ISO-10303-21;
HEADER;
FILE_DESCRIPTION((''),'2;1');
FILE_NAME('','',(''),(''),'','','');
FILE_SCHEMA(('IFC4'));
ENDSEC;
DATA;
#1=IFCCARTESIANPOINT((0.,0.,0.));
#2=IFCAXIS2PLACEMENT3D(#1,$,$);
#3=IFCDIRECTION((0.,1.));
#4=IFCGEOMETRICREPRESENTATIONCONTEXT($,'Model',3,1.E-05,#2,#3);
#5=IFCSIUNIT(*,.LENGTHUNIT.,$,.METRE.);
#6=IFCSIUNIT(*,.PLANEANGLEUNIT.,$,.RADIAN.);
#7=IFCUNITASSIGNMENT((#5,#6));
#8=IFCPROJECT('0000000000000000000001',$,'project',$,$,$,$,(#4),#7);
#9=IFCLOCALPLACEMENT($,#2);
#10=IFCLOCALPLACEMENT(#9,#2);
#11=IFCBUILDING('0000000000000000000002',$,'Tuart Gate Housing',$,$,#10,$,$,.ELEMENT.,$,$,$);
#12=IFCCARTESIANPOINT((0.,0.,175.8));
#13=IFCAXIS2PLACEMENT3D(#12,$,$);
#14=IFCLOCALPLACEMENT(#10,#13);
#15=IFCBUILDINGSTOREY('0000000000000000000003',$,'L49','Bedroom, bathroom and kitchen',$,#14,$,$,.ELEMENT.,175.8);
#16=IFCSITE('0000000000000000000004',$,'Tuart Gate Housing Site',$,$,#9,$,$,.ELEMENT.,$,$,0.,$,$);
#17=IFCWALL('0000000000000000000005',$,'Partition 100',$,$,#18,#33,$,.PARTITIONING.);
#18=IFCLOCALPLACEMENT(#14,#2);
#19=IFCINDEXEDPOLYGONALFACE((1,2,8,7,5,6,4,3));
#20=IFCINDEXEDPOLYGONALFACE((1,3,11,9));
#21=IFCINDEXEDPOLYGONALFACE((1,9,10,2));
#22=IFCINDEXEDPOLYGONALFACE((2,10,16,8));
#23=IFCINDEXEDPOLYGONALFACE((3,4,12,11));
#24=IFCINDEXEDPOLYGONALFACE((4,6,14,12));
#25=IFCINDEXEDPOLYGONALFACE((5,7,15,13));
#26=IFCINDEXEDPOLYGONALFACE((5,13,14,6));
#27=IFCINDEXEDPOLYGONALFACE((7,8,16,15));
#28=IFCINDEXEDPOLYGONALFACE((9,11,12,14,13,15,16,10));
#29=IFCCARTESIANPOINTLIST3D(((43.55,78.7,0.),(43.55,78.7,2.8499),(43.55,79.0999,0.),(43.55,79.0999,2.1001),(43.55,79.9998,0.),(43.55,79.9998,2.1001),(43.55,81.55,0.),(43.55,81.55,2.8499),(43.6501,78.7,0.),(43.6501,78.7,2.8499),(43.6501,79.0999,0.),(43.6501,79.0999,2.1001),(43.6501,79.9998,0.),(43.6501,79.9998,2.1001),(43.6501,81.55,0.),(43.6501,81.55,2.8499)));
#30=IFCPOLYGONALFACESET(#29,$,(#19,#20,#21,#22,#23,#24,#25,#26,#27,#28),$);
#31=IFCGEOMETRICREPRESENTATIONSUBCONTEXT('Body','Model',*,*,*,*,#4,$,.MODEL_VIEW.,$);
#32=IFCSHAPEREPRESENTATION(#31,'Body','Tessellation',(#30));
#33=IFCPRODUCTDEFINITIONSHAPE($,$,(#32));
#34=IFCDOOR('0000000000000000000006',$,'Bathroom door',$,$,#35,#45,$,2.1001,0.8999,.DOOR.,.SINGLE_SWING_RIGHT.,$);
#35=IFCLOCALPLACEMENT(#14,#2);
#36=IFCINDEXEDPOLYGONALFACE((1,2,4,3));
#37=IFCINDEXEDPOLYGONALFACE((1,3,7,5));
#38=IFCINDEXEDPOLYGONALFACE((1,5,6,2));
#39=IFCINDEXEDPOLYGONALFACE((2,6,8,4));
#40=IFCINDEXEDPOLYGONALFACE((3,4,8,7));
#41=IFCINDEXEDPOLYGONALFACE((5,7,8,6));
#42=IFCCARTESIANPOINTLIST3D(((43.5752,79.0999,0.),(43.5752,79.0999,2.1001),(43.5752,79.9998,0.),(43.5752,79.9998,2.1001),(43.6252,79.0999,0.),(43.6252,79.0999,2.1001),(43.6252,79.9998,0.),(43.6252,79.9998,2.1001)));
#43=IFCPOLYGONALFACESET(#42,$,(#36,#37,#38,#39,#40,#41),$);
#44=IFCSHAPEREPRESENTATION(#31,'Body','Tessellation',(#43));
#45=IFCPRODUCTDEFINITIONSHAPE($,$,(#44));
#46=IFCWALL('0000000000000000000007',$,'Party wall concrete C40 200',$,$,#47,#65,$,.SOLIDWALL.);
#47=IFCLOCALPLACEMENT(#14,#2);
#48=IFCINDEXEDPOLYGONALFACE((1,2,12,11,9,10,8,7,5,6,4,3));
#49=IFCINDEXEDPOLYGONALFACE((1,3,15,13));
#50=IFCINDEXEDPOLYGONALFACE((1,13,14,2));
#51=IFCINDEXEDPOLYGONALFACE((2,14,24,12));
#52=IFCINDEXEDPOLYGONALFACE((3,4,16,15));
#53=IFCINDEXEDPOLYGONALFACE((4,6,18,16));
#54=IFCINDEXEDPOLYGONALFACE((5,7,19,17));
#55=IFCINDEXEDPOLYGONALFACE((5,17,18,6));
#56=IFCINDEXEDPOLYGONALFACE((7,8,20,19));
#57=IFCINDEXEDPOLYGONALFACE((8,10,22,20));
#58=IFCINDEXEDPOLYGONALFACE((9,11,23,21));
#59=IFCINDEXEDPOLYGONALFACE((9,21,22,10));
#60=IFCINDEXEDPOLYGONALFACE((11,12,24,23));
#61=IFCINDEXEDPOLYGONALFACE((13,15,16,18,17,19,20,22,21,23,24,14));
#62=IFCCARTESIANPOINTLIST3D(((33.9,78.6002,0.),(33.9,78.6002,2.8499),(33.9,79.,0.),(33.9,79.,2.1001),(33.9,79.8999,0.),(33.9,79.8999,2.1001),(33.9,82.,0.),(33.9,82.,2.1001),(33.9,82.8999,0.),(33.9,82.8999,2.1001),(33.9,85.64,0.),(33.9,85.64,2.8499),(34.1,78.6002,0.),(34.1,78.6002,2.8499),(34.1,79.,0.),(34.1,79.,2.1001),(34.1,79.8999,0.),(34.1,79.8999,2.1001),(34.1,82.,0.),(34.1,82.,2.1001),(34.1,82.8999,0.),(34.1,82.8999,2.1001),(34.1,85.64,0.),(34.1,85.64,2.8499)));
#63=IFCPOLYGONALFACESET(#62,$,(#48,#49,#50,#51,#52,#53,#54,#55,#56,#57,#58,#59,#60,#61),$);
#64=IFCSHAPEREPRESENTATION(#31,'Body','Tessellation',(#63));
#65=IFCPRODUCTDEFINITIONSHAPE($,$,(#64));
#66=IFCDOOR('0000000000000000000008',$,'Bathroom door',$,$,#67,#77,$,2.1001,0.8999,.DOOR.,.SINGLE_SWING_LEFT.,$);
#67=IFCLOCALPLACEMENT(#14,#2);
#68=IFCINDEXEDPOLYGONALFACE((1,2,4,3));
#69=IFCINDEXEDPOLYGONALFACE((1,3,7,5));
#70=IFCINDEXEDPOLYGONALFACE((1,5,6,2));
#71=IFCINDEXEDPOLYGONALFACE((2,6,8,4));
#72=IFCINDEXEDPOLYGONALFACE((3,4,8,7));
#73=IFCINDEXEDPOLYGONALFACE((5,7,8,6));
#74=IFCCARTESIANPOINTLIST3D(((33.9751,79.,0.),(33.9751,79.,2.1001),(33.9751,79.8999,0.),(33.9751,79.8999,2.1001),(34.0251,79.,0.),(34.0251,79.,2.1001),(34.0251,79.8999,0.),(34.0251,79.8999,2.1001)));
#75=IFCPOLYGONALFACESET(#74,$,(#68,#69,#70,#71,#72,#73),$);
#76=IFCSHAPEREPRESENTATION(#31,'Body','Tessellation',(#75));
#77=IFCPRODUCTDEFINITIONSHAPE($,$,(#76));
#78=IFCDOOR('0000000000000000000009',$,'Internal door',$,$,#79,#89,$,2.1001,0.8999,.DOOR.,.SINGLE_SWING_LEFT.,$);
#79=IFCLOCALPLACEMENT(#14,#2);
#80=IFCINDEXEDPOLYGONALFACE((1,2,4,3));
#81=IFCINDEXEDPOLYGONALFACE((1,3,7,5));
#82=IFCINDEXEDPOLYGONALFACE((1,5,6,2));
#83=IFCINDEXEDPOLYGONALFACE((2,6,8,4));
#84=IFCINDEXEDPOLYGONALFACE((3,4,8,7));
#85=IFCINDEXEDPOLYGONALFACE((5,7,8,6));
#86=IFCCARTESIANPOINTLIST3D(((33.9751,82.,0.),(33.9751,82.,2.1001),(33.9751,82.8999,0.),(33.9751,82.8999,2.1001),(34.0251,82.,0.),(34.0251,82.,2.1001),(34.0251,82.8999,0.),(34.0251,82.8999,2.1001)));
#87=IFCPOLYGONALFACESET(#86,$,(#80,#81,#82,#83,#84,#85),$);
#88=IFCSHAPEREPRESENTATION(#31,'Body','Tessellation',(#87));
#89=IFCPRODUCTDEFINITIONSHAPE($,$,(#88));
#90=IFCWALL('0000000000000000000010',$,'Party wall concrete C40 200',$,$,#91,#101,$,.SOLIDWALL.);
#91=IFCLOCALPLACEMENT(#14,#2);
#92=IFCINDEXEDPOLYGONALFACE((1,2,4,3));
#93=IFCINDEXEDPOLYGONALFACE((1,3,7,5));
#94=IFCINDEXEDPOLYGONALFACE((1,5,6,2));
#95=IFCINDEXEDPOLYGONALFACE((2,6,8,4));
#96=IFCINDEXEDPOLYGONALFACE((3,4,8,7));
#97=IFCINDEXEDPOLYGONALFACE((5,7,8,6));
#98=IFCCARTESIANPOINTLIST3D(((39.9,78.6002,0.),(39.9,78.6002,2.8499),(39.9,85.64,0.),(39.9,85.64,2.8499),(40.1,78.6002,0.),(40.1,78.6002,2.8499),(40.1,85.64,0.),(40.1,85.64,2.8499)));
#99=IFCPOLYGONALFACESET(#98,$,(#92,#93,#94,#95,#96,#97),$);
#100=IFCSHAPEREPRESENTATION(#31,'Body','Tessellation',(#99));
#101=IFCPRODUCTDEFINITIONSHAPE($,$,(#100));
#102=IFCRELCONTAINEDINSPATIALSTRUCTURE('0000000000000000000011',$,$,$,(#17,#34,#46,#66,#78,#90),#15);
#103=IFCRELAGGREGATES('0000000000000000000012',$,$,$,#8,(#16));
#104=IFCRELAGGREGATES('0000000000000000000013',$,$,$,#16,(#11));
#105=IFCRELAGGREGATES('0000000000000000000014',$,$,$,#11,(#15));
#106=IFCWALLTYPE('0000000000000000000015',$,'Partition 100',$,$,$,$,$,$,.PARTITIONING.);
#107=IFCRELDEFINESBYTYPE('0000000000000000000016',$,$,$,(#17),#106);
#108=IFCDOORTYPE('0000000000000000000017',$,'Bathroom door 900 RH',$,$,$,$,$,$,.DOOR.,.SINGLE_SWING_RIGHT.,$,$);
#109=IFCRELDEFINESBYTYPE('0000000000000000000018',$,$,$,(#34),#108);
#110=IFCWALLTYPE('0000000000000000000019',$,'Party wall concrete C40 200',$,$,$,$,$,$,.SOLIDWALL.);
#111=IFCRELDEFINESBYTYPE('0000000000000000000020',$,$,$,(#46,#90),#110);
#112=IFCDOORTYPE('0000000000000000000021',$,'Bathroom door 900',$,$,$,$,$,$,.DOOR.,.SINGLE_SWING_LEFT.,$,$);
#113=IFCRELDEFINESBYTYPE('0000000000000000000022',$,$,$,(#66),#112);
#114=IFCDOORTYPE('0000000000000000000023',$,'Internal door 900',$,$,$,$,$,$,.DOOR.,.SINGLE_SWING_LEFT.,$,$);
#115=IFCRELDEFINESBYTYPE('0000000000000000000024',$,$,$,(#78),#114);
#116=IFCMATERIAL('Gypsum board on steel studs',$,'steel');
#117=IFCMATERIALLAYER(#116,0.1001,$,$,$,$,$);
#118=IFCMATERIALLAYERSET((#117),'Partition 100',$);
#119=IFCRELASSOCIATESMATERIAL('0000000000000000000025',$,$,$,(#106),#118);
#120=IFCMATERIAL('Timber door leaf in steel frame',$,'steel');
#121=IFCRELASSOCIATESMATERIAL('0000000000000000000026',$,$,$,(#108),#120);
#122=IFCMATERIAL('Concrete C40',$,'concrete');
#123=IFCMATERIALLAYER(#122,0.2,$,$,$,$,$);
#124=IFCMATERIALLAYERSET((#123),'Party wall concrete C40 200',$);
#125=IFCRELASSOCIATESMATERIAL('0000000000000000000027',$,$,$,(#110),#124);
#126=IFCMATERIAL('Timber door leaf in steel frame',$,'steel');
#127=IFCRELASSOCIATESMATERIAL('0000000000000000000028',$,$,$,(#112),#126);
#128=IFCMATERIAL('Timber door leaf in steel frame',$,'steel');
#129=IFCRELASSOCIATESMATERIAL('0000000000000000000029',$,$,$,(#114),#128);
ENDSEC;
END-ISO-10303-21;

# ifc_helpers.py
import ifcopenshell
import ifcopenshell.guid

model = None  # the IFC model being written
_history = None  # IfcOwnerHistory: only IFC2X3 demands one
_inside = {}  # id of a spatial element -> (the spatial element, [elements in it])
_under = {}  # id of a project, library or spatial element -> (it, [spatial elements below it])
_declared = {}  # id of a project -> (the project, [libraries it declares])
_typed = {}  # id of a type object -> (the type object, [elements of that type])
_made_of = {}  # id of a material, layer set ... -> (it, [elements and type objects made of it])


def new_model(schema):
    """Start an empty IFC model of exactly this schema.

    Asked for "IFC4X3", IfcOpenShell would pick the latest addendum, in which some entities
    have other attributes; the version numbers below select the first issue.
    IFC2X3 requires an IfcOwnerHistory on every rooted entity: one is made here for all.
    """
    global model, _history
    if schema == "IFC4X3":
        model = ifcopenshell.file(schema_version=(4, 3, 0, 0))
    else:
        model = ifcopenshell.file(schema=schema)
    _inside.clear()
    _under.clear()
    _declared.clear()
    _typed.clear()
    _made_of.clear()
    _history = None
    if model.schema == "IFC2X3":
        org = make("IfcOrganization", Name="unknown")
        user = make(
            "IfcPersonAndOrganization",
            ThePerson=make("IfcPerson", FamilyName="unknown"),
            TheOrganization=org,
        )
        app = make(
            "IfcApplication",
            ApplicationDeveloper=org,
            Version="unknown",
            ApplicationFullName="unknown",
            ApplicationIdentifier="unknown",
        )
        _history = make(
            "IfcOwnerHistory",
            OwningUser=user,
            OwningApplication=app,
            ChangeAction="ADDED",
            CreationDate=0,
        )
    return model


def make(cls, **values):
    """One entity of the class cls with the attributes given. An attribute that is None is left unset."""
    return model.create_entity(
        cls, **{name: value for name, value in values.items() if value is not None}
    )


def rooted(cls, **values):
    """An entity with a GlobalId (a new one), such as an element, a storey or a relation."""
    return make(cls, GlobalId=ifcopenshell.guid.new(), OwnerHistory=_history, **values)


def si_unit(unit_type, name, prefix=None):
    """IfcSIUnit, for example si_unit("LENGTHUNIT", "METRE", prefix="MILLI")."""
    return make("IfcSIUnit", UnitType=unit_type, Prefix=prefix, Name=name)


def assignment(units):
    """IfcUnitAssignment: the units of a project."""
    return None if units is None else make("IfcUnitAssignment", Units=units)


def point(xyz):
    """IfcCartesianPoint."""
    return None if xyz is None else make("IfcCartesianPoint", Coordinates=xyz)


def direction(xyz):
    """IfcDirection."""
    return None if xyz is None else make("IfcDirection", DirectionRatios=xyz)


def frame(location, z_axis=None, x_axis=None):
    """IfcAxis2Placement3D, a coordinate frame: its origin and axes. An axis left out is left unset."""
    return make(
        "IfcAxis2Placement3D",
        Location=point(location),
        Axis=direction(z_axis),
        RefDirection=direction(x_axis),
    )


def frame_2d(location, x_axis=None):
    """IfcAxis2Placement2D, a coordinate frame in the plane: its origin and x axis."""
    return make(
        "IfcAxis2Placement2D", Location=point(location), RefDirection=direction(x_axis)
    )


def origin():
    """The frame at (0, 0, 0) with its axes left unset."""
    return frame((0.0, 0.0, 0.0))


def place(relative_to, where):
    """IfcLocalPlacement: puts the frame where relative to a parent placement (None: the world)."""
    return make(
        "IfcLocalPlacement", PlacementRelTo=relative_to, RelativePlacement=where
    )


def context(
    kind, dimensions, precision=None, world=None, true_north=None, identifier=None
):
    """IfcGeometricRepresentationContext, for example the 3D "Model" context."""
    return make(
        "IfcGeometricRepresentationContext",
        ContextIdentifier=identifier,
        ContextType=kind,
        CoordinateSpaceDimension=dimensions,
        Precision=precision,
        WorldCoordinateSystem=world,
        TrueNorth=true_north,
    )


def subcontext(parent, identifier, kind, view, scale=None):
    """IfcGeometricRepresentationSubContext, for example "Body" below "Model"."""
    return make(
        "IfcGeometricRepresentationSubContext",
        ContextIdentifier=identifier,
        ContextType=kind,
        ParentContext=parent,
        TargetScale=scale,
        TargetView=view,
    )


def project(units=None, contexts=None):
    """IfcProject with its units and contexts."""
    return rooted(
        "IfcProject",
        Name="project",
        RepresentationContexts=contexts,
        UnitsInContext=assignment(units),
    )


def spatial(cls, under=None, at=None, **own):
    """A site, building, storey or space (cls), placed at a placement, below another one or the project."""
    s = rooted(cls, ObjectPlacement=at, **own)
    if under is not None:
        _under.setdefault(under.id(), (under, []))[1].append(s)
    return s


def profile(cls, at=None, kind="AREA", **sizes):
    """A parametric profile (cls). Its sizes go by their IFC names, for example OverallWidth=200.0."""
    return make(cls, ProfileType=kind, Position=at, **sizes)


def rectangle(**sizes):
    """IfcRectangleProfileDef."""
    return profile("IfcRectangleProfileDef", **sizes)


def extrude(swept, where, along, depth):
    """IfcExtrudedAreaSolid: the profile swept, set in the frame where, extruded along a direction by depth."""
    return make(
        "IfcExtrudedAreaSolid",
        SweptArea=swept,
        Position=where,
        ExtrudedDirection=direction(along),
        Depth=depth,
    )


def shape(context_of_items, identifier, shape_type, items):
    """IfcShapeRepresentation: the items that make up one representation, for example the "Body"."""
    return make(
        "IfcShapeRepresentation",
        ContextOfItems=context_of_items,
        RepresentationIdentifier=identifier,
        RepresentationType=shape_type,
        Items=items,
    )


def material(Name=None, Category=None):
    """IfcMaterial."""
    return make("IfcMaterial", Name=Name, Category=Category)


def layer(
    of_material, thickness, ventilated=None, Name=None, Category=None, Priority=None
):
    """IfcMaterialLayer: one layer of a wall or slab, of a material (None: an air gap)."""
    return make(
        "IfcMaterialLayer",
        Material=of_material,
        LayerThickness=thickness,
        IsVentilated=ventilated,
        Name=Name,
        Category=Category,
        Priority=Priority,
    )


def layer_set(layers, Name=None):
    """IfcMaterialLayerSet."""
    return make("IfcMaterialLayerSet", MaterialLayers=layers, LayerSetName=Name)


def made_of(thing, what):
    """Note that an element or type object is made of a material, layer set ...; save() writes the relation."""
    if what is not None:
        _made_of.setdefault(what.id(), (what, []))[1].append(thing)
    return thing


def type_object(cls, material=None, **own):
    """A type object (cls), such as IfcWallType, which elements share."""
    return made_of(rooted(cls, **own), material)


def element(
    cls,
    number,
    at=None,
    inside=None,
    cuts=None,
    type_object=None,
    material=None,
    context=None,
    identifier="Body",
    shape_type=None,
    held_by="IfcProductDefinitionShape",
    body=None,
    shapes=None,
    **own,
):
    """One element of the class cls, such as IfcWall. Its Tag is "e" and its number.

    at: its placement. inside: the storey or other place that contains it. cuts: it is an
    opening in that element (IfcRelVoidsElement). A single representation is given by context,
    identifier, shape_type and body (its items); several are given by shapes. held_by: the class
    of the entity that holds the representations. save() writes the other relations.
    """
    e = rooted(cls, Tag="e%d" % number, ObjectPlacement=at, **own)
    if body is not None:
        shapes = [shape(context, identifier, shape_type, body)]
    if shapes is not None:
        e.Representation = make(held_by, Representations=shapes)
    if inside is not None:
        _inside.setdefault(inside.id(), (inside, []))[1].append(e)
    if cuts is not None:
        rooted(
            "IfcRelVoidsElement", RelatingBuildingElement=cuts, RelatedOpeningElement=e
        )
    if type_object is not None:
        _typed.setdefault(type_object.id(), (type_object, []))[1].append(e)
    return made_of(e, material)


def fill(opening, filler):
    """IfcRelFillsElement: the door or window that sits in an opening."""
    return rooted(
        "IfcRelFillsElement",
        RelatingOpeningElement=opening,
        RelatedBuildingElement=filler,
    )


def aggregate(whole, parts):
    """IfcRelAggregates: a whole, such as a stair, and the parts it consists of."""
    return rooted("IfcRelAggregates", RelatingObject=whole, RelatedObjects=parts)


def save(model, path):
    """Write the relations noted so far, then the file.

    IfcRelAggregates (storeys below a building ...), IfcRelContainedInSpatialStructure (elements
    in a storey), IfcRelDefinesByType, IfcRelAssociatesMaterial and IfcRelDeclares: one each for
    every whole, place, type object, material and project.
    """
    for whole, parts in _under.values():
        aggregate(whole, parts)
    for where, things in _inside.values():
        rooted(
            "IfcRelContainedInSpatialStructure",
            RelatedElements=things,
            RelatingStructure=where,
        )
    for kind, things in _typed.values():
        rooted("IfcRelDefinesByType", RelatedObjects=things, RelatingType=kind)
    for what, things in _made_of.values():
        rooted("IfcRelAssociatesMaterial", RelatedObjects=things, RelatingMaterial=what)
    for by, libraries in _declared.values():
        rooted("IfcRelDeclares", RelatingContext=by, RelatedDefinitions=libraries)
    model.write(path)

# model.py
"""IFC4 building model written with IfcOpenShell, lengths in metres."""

from ifc_helpers import new_model, si_unit, direction, frame, frame_2d, origin, place, context, subcontext, project, spatial, rectangle, extrude, material, layer, layer_set, type_object, element, fill, save


model = new_model("IFC4")

# Units and contexts
model_context = context("Model", 3, precision=1e-05, world=origin(), true_north=direction((0.0, 1.0)))
body_context = subcontext(model_context, "Body", "Model", "MODEL_VIEW")
ifc_project = project(units=[si_unit("LENGTHUNIT", "METRE"), si_unit("PLANEANGLEUNIT", "RADIAN")], contexts=[model_context])

# Site, building, storey
site_placement = place(None, origin())
site = spatial("IfcSite", under=ifc_project, at=site_placement, Name="Tuart Gate Housing Site", CompositionType="ELEMENT", RefElevation=0.0)
building_placement = place(site_placement, origin())
building = spatial("IfcBuilding", under=site, at=building_placement, Name="Tuart Gate Housing", CompositionType="ELEMENT")
storey_placement = place(building_placement, frame((0.0, 0.0, 175.8)))
storey = spatial("IfcBuildingStorey", under=building, at=storey_placement, Name="L49", Description="Bedroom, bathroom and kitchen", CompositionType="ELEMENT", Elevation=175.8)

# Shared definitions
ifc_material_1 = material(Name="Gypsum board on steel studs", Category="steel")
ifc_layer_1 = layer(ifc_material_1, 0.1001)
ifc_layer_set_1 = layer_set([ifc_layer_1], Name="Partition 100")
wall_type_1 = type_object("IfcWallType", Name="Partition 100", PredefinedType="PARTITIONING", material=ifc_layer_set_1)

# Wall, opening, door
wall_1_placement = place(storey_placement, frame((43.6001, 78.7, 0.0), z_axis=(0.0, 0.0, 1.0), x_axis=(0.0, 1.0, 0.0)))
wall_1 = element("IfcWall", 1, at=wall_1_placement, inside=storey, type_object=wall_type_1, Name="Partition 100", PredefinedType="PARTITIONING", context=body_context, shape_type="SweptSolid", body=[
    extrude(rectangle(XDim=2.8501, YDim=0.1001, at=frame_2d((1.425, 0.0))), origin(), (0.0, 0.0, 1.0), 2.8499),
])
opening_1_placement = place(wall_1_placement, frame((0.3999, 0.0, 0.0)))
opening_1 = element("IfcOpeningElement", 2, at=opening_1_placement, cuts=wall_1, PredefinedType="OPENING", context=body_context, shape_type="SweptSolid", body=[
    extrude(rectangle(XDim=0.8999, YDim=2.1001, at=frame_2d((0.45, 1.05))), frame((0.0, 0.0601, 0.0), z_axis=(0.0, -1.0, 0.0), x_axis=(1.0, 0.0, 0.0)), (0.0, 0.0, 1.0), 0.1201),
])
ifc_material_2 = material(Name="Timber door leaf in steel frame", Category="steel")
door_type_1 = type_object("IfcDoorType", Name="Bathroom door 900 RH", OperationType="SINGLE_SWING_RIGHT", PredefinedType="DOOR", material=ifc_material_2)
door_1_placement = place(opening_1_placement, frame((0.8999, 0.0, 0.0), z_axis=(0.0, 0.0, 1.0), x_axis=(-1.0, 0.0, 0.0)))
door_1 = element("IfcDoor", 3, at=door_1_placement, inside=storey, type_object=door_type_1, Name="Bathroom door", OperationType="SINGLE_SWING_RIGHT", OverallHeight=2.1001, OverallWidth=0.8999, PredefinedType="DOOR", context=body_context, shape_type="SweptSolid", body=[
    extrude(rectangle(XDim=0.8999, YDim=2.1001, at=frame_2d((0.45, 1.05))), frame((0.0, 0.0251, 0.0), z_axis=(0.0, -1.0, 0.0), x_axis=(1.0, 0.0, 0.0)), (0.0, 0.0, 1.0), 0.05),
])
fill(opening_1, door_1)

# Wall, openings, doors
ifc_material_3 = material(Name="Concrete C40", Category="concrete")
ifc_layer_2 = layer(ifc_material_3, 0.2)
ifc_layer_set_2 = layer_set([ifc_layer_2], Name="Party wall concrete C40 200")
wall_type_2 = type_object("IfcWallType", Name="Party wall concrete C40 200", PredefinedType="SOLIDWALL", material=ifc_layer_set_2)
wall_2_placement = place(storey_placement, frame((34.0, 78.6001, 0.0), z_axis=(0.0, 0.0, 1.0), x_axis=(0.0, 1.0, 0.0)))
wall_2 = element("IfcWall", 4, at=wall_2_placement, inside=storey, type_object=wall_type_2, Name="Party wall concrete C40 200", PredefinedType="SOLIDWALL", context=body_context, shape_type="SweptSolid", body=[
    extrude(rectangle(XDim=7.0398, YDim=0.2, at=frame_2d((3.52, 0.0))), origin(), (0.0, 0.0, 1.0), 2.8499),
])
opening_2_placement = place(wall_2_placement, frame((3.3999, 0.0, 0.0)))
opening_2 = element("IfcOpeningElement", 5, at=opening_2_placement, cuts=wall_2, PredefinedType="OPENING", context=body_context, shape_type="SweptSolid", body=[
    extrude(rectangle(XDim=0.8999, YDim=2.1001, at=frame_2d((0.45, 1.05))), frame((0.0, 0.1099, 0.0), z_axis=(0.0, -1.0, 0.0), x_axis=(1.0, 0.0, 0.0)), (0.0, 0.0, 1.0), 0.22),
])
opening_3_placement = place(wall_2_placement, frame((0.3999, 0.0, 0.0)))
opening_3 = element("IfcOpeningElement", 6, at=opening_3_placement, cuts=wall_2, PredefinedType="OPENING", context=body_context, shape_type="SweptSolid", body=[
    extrude(rectangle(XDim=0.8999, YDim=2.1001, at=frame_2d((0.45, 1.05))), frame((0.0, 0.1099, 0.0), z_axis=(0.0, -1.0, 0.0), x_axis=(1.0, 0.0, 0.0)), (0.0, 0.0, 1.0), 0.22),
])
ifc_material_4 = material(Name="Timber door leaf in steel frame", Category="steel")
door_type_2 = type_object("IfcDoorType", Name="Bathroom door 900", OperationType="SINGLE_SWING_LEFT", PredefinedType="DOOR", material=ifc_material_4)
door_2_placement = place(opening_3_placement, origin())
door_2 = element("IfcDoor", 7, at=door_2_placement, inside=storey, type_object=door_type_2, Name="Bathroom door", OperationType="SINGLE_SWING_LEFT", OverallHeight=2.1001, OverallWidth=0.8999, PredefinedType="DOOR", context=body_context, shape_type="SweptSolid", body=[
    extrude(rectangle(XDim=0.8999, YDim=2.1001, at=frame_2d((0.45, 1.05))), frame((0.0, 0.0249, 0.0), z_axis=(0.0, -1.0, 0.0), x_axis=(1.0, 0.0, 0.0)), (0.0, 0.0, 1.0), 0.05),
])
fill(opening_3, door_2)
ifc_material_5 = material(Name="Timber door leaf in steel frame", Category="steel")
door_type_3 = type_object("IfcDoorType", Name="Internal door 900", OperationType="SINGLE_SWING_LEFT", PredefinedType="DOOR", material=ifc_material_5)
door_3_placement = place(opening_2_placement, origin())
door_3 = element("IfcDoor", 8, at=door_3_placement, inside=storey, type_object=door_type_3, Name="Internal door", OperationType="SINGLE_SWING_LEFT", OverallHeight=2.1001, OverallWidth=0.8999, PredefinedType="DOOR", context=body_context, shape_type="SweptSolid", body=[
    extrude(rectangle(XDim=0.8999, YDim=2.1001, at=frame_2d((0.45, 1.05))), frame((0.0, 0.0249, 0.0), z_axis=(0.0, -1.0, 0.0), x_axis=(1.0, 0.0, 0.0)), (0.0, 0.0, 1.0), 0.05),
])
fill(opening_2, door_3)

# Wall
wall_3_placement = place(storey_placement, frame((40.0, 78.6001, 0.0), z_axis=(0.0, 0.0, 1.0), x_axis=(0.0, 1.0, 0.0)))
element("IfcWall", 9, at=wall_3_placement, inside=storey, type_object=wall_type_2, Name="Party wall concrete C40 200", PredefinedType="SOLIDWALL", context=body_context, shape_type="SweptSolid", body=[
    extrude(rectangle(XDim=7.0398, YDim=0.2, at=frame_2d((3.52, 0.0))), origin(), (0.0, 0.0, 1.0), 2.8499),
])

save(model, "model.ifc")
